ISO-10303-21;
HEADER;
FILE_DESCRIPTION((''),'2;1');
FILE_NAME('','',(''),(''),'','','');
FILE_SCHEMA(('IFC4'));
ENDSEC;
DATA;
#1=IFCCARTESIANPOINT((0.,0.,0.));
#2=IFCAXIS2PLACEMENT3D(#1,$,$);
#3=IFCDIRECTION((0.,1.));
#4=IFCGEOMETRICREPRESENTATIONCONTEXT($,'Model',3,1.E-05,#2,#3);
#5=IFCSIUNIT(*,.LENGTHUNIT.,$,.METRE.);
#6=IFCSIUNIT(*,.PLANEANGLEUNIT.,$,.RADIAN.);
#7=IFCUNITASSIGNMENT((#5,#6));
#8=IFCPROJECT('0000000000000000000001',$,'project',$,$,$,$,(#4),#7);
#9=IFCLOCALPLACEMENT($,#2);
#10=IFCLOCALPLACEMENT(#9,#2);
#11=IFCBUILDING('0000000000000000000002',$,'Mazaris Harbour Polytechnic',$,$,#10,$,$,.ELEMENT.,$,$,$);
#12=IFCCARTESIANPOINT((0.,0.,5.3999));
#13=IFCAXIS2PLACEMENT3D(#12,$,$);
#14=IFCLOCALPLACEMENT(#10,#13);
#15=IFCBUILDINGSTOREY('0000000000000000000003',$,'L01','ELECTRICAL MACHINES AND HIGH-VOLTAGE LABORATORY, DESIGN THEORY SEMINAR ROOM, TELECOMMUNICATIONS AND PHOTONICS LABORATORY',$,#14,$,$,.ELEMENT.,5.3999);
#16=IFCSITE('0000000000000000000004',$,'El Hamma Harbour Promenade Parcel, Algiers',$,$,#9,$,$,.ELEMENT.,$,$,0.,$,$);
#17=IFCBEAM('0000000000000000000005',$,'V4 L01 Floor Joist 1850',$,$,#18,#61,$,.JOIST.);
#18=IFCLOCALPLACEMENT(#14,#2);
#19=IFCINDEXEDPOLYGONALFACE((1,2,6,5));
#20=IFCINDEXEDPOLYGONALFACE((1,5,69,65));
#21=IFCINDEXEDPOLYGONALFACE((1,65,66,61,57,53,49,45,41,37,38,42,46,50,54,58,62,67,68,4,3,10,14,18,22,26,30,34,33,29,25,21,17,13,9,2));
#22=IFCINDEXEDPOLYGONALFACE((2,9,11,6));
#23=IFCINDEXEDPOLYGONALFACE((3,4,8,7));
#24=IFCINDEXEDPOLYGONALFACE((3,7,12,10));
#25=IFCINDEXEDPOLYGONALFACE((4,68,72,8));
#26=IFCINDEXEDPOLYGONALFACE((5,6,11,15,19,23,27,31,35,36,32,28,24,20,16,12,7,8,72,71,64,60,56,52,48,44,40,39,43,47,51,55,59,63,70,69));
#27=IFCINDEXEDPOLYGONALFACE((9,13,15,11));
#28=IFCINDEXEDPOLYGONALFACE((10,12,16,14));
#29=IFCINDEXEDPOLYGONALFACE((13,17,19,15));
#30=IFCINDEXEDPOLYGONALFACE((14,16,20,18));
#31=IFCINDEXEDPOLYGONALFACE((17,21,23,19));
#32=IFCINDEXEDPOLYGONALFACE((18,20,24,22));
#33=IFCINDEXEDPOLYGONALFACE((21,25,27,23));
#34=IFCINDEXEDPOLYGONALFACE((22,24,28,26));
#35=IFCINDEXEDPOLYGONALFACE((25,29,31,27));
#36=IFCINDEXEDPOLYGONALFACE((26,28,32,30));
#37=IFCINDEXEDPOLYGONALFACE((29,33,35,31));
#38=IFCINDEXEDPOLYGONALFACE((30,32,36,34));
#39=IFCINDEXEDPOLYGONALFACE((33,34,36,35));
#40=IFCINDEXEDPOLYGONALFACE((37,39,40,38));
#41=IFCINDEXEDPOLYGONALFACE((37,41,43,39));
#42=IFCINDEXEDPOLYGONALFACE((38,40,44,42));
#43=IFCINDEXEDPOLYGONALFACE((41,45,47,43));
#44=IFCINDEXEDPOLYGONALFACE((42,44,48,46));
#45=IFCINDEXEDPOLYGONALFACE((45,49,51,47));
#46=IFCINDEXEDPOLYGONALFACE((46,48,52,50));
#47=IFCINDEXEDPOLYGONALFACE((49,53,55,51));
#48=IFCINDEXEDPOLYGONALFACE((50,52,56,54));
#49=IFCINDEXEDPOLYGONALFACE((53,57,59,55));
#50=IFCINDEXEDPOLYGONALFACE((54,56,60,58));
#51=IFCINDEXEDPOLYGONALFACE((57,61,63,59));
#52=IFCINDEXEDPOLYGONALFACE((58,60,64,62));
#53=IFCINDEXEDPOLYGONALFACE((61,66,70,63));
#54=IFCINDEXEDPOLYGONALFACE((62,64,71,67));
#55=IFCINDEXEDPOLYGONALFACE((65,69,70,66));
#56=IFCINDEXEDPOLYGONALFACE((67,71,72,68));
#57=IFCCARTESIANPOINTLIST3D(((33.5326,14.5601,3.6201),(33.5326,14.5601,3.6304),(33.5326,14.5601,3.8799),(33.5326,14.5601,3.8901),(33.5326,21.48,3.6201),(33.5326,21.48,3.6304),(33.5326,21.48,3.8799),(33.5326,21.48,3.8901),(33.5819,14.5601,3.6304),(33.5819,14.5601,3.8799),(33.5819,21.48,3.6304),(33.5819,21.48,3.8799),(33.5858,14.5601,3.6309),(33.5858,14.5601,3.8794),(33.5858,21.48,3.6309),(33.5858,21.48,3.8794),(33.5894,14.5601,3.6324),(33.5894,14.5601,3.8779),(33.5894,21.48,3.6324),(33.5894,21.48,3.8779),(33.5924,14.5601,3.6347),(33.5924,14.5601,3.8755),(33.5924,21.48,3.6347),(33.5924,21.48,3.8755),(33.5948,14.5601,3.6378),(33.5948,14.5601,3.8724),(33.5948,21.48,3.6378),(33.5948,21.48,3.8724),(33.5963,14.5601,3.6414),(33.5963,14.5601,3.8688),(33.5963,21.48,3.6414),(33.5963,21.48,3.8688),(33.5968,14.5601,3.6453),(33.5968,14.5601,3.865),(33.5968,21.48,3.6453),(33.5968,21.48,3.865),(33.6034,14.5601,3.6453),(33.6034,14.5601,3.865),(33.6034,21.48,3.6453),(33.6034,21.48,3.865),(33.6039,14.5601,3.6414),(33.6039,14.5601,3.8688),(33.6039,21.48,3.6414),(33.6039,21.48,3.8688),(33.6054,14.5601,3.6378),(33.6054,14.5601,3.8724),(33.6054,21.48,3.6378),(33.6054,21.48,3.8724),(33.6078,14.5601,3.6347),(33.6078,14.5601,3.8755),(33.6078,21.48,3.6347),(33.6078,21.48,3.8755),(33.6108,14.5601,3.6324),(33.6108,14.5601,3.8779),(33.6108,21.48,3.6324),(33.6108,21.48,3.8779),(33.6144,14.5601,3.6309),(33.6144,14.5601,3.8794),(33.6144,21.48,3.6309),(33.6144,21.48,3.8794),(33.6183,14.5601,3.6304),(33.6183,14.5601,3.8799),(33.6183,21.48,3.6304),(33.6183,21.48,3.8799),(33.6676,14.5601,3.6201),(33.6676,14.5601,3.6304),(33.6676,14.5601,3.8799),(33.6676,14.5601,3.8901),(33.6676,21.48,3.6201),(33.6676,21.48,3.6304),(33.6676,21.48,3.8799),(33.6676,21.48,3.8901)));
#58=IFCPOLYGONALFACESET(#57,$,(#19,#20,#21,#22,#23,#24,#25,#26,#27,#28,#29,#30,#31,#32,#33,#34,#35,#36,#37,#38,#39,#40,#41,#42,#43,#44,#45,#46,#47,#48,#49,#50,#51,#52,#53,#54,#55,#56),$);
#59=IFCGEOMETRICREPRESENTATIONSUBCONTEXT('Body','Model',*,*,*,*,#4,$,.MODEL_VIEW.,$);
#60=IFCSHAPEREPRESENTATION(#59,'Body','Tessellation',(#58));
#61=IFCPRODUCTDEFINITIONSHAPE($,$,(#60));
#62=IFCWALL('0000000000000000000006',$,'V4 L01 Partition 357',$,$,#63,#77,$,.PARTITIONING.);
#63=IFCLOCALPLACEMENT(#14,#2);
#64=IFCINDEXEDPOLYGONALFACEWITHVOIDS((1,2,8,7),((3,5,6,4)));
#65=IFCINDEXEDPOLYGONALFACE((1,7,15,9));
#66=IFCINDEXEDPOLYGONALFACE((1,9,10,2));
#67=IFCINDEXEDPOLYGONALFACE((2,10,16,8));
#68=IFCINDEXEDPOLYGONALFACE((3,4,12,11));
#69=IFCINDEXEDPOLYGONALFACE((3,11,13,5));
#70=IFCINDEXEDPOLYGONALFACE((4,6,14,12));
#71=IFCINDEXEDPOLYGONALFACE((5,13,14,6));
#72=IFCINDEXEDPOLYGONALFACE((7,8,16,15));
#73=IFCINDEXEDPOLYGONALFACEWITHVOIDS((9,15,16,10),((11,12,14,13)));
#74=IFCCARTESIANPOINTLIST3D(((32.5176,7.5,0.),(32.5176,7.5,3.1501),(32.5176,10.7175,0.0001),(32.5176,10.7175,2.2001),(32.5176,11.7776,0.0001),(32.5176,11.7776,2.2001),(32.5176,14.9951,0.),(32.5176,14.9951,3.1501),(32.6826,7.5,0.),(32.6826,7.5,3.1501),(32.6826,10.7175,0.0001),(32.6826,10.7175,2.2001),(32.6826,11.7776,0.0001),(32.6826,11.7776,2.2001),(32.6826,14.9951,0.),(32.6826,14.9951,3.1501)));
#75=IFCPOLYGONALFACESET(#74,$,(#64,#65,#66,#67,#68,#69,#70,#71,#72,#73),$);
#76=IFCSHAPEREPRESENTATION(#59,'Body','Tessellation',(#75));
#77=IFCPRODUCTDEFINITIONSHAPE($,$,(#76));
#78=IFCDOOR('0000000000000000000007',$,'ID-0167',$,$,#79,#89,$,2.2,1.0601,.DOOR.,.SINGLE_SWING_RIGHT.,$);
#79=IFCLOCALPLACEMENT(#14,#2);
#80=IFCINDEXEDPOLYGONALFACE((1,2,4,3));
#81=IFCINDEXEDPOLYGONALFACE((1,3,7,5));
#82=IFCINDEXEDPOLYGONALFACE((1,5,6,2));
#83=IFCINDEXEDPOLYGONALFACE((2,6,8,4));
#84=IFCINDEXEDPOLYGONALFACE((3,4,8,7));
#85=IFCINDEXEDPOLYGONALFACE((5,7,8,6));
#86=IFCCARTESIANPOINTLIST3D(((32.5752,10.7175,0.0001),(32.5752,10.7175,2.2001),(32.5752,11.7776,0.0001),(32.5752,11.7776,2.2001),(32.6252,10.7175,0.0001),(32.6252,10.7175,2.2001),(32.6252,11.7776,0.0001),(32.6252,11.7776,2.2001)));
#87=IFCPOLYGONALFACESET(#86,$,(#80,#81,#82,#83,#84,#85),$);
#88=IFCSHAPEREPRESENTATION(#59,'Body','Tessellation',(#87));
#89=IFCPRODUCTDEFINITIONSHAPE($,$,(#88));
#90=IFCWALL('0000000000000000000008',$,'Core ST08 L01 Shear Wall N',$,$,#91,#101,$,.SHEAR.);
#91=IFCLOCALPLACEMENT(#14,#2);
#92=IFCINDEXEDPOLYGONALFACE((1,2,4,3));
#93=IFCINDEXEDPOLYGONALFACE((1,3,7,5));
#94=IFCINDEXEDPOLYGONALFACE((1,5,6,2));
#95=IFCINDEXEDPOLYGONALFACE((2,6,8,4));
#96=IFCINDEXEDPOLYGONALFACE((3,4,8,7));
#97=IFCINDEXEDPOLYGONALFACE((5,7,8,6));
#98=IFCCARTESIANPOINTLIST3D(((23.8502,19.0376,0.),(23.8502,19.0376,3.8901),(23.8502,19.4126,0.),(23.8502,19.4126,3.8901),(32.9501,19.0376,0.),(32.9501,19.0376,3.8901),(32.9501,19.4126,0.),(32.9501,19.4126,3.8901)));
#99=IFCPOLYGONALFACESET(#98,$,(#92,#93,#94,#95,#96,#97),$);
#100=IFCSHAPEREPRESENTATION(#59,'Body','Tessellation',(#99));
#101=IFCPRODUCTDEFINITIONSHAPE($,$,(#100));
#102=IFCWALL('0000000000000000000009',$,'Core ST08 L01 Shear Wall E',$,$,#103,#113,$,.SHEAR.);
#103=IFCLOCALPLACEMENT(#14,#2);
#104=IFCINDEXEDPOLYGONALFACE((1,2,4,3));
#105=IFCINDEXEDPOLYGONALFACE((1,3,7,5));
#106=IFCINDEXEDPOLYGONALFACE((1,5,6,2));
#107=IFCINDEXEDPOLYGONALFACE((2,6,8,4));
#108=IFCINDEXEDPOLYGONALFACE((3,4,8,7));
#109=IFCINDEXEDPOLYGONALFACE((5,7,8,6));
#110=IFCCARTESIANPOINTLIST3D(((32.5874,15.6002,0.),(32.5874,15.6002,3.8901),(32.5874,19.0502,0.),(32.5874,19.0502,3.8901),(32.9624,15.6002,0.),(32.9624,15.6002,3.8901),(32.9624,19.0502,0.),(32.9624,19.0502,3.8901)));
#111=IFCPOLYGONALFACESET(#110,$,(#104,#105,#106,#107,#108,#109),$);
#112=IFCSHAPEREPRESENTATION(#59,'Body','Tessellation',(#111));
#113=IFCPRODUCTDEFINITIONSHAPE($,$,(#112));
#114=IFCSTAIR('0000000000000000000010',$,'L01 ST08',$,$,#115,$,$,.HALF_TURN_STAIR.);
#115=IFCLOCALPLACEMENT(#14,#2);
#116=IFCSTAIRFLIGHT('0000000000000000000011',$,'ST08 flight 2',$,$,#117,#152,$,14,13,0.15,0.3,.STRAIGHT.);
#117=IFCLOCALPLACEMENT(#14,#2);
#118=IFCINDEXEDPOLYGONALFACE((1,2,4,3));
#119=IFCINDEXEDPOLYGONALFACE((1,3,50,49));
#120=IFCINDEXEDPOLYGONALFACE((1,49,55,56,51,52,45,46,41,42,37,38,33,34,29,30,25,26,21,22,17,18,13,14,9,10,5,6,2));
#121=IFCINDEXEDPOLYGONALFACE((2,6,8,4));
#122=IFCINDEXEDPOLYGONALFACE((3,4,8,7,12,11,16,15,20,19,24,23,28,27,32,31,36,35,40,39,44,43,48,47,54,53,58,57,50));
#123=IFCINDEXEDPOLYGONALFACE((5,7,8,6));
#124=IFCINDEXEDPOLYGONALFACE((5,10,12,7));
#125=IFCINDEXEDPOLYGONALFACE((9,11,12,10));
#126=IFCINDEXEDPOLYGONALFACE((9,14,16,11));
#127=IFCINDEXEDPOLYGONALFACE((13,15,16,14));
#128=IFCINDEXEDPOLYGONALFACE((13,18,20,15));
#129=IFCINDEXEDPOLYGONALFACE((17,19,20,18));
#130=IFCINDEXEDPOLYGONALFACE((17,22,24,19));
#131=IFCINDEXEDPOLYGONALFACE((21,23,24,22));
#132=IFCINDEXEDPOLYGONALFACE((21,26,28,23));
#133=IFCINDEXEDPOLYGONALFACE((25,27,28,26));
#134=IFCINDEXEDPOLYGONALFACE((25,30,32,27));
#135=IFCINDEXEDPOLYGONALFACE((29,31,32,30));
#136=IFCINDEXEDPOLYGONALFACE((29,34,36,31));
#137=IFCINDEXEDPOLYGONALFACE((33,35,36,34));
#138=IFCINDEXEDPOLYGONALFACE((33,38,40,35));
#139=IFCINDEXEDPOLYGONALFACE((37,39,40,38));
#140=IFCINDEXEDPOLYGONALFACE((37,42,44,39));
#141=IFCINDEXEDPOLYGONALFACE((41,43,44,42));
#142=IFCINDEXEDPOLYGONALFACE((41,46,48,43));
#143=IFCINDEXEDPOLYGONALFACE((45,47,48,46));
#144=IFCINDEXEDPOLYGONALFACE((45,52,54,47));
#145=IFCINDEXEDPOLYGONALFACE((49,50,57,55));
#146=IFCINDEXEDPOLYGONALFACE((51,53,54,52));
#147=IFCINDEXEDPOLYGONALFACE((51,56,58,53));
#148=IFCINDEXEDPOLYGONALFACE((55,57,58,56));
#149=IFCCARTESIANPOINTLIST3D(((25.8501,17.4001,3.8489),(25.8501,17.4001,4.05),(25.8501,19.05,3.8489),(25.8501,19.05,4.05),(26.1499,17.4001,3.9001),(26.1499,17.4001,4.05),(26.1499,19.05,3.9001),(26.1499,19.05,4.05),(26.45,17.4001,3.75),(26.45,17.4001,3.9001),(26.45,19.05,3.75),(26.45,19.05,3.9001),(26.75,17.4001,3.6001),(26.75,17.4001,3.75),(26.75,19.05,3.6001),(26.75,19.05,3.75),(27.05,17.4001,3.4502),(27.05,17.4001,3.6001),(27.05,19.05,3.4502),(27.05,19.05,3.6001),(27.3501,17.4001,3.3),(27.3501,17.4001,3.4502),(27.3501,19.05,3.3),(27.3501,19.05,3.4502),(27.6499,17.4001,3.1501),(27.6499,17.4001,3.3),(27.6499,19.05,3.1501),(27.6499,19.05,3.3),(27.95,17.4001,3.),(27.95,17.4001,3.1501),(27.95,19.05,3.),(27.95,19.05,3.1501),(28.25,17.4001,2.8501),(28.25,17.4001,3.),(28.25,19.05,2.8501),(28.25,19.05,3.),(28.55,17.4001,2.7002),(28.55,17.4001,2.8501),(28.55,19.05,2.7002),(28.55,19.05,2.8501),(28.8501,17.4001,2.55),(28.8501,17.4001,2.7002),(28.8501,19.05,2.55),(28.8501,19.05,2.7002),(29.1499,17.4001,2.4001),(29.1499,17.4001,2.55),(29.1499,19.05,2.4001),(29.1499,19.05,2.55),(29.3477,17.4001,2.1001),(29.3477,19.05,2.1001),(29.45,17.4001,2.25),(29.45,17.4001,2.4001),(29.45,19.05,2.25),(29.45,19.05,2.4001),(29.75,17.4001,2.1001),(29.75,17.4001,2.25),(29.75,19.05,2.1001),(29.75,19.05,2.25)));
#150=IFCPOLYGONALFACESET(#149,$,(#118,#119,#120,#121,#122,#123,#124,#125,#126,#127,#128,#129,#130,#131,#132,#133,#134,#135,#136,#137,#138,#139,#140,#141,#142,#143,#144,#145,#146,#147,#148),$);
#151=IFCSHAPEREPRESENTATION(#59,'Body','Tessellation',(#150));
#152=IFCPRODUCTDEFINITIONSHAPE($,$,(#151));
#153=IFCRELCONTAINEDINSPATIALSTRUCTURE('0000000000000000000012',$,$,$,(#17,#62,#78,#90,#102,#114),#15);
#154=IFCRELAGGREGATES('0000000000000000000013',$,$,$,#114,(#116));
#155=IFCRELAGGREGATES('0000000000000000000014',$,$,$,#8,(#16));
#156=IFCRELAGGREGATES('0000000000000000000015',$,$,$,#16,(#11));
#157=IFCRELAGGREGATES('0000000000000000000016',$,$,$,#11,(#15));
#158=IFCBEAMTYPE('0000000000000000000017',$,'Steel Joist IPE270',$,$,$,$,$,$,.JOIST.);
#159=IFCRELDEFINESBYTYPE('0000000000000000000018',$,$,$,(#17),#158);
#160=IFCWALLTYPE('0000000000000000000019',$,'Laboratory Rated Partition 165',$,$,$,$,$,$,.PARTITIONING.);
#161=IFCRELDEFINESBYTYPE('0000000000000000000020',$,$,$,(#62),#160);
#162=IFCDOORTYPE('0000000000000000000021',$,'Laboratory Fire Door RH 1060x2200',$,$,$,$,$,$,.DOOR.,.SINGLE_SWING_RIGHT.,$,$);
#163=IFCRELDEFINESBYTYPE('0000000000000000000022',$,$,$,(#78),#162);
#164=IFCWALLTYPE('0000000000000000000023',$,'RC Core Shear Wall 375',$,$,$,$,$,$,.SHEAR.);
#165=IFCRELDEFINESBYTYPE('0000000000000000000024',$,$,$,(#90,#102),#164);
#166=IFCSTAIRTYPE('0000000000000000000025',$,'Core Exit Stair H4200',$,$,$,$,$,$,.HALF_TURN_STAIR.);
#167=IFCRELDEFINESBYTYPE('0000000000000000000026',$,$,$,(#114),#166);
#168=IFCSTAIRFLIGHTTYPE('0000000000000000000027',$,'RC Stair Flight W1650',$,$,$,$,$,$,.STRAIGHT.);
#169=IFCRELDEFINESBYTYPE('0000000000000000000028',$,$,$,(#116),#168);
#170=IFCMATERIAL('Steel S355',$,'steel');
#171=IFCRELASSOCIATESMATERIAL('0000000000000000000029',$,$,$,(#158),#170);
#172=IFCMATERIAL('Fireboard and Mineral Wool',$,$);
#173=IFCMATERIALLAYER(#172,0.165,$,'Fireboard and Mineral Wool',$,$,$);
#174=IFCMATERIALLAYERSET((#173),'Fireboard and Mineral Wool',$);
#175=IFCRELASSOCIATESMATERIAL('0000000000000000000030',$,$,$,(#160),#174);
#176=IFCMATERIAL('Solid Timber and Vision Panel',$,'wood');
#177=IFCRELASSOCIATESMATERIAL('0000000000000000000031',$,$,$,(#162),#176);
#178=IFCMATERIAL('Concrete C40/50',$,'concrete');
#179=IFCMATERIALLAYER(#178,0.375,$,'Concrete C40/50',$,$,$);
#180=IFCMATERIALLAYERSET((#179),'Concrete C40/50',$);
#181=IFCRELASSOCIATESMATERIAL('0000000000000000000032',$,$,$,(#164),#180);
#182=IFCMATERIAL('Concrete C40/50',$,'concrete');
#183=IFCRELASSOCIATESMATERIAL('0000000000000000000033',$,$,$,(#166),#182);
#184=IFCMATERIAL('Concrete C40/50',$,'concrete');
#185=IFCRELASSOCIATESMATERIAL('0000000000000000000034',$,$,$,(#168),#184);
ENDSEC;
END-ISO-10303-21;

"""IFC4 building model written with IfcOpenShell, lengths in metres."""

from ifc_helpers import new_model, si_unit, direction, frame, frame_2d, origin, origin_2d, place, context, subcontext, project, spatial, polyline, rectangle, i_section, outline, extrude, material, layer, layer_set, material_profile, profile_set, type_object, element, fill, aggregate, save


model = new_model("IFC4")

# Units and contexts
model_context = context("Model", 3, precision=1e-05, world=origin(), true_north=direction((0.0, 1.0)))
body_context = subcontext(model_context, "Body", "Model", "MODEL_VIEW")
ifc_project = project(units=[si_unit("LENGTHUNIT", "METRE"), si_unit("PLANEANGLEUNIT", "RADIAN")], contexts=[model_context])

# Site, building, storey
site_placement = place(None, origin())
site = spatial("IfcSite", under=ifc_project, at=site_placement, Name="El Hamma Harbour Promenade Parcel, Algiers", CompositionType="ELEMENT", RefElevation=0.0)
building_placement = place(site_placement, origin())
building = spatial("IfcBuilding", under=site, at=building_placement, Name="Mazaris Harbour Polytechnic", CompositionType="ELEMENT")
storey_placement = place(building_placement, frame((0.0, 0.0, 5.3999)))
storey = spatial("IfcBuildingStorey", under=building, at=storey_placement, Name="L01", Description="ELECTRICAL MACHINES AND HIGH-VOLTAGE LABORATORY, DESIGN THEORY SEMINAR ROOM, TELECOMMUNICATIONS AND PHOTONICS LABORATORY", CompositionType="ELEMENT", Elevation=5.3999)

# Beam
ifc_material_1 = material(Name="Steel S355", Category="steel")
ifc_material_profile_1 = material_profile(ifc_material_1, i_section(OverallWidth=0.135, OverallDepth=0.27, WebThickness=0.0066, FlangeThickness=0.0103, FilletRadius=0.0149, at=origin_2d()), Name="IPE 270")
ifc_profile_set_1 = profile_set([ifc_material_profile_1], Name="Steel S355")
beam_type_1 = type_object("IfcBeamType", Name="Steel Joist IPE270", PredefinedType="JOIST", material=ifc_profile_set_1)
beam_1_placement = place(storey_placement, frame((33.6001, 14.5601, 3.7551), z_axis=(0.0, 1.0, 0.0), x_axis=(-1.0, 0.0, 0.0)))
element("IfcBeam", 1, at=beam_1_placement, inside=storey, type_object=beam_type_1, Name="V4 L01 Floor Joist 1850", PredefinedType="JOIST", context=body_context, shape_type="SweptSolid", body=[
    extrude(i_section(OverallWidth=0.135, OverallDepth=0.27, WebThickness=0.0066, FlangeThickness=0.0103, FilletRadius=0.0149, at=origin_2d()), origin(), (0.0, 0.0, 1.0), 6.9199),
])

# Wall, opening, door
ifc_material_2 = material(Name="Fireboard and Mineral Wool")
ifc_layer_1 = layer(ifc_material_2, 0.165, Name="Fireboard and Mineral Wool")
ifc_layer_set_1 = layer_set([ifc_layer_1], Name="Fireboard and Mineral Wool")
wall_type_1 = type_object("IfcWallType", Name="Laboratory Rated Partition 165", PredefinedType="PARTITIONING", material=ifc_layer_set_1)
wall_1_placement = place(storey_placement, frame((32.6001, 7.5, 0.0), z_axis=(0.0, 0.0, 1.0), x_axis=(0.0, 1.0, 0.0)))
wall_1 = element("IfcWall", 2, at=wall_1_placement, inside=storey, type_object=wall_type_1, Name="V4 L01 Partition 357", PredefinedType="PARTITIONING", context=body_context, shape_type="SweptSolid", body=[
    extrude(rectangle(XDim=7.4951, YDim=0.165, at=frame_2d((3.7476, 0.0))), origin(), (0.0, 0.0, 1.0), 3.1501),
])
opening_placement = place(wall_1_placement, frame((3.2175, 0.0, 0.0)))
opening = element("IfcOpeningElement", 3, at=opening_placement, cuts=wall_1, PredefinedType="OPENING", context=body_context, shape_type="SweptSolid", body=[
    extrude(rectangle(XDim=1.0601, YDim=2.2, at=frame_2d((0.53, 1.1001))), frame((0.0, 0.0925, 0.0), z_axis=(0.0, -1.0, 0.0), x_axis=(1.0, 0.0, 0.0)), (0.0, 0.0, 1.0), 0.1851),
])
ifc_material_3 = material(Name="Solid Timber and Vision Panel", Category="wood")
door_type = type_object("IfcDoorType", Name="Laboratory Fire Door RH 1060x2200", OperationType="SINGLE_SWING_RIGHT", PredefinedType="DOOR", material=ifc_material_3)
door_placement = place(opening_placement, origin())
door = element("IfcDoor", 4, at=door_placement, inside=storey, type_object=door_type, Name="ID-0167", OperationType="SINGLE_SWING_RIGHT", OverallHeight=2.2, OverallWidth=1.0601, PredefinedType="DOOR", context=body_context, shape_type="SweptSolid", body=[
    extrude(rectangle(XDim=1.0601, YDim=2.2, at=frame_2d((0.53, 1.1001))), frame((0.0, 0.0249, 0.0), z_axis=(0.0, -1.0, 0.0), x_axis=(1.0, 0.0, 0.0)), (0.0, 0.0, 1.0), 0.05),
])
fill(opening, door)

# Walls
ifc_material_4 = material(Name="Concrete C40/50", Category="concrete")
ifc_layer_2 = layer(ifc_material_4, 0.375, Name="Concrete C40/50")
ifc_layer_set_2 = layer_set([ifc_layer_2], Name="Concrete C40/50")
wall_type_2 = type_object("IfcWallType", Name="RC Core Shear Wall 375", PredefinedType="SHEAR", material=ifc_layer_set_2)
wall_2_placement = place(storey_placement, frame((32.95, 19.2251, 0.0), z_axis=(0.0, 0.0, 1.0), x_axis=(-1.0, 0.0, 0.0)))
element("IfcWall", 5, at=wall_2_placement, inside=storey, type_object=wall_type_2, Name="Core ST08 L01 Shear Wall N", PredefinedType="SHEAR", context=body_context, shape_type="SweptSolid", body=[
    extrude(rectangle(XDim=9.0999, YDim=0.375, at=frame_2d((4.5498, 0.0))), origin(), (0.0, 0.0, 1.0), 3.8901),
])
wall_3_placement = place(storey_placement, frame((32.7749, 15.6001, 0.0), z_axis=(0.0, 0.0, 1.0), x_axis=(0.0, 1.0, 0.0)))
element("IfcWall", 6, at=wall_3_placement, inside=storey, type_object=wall_type_2, Name="Core ST08 L01 Shear Wall E", PredefinedType="SHEAR", context=body_context, shape_type="SweptSolid", body=[
    extrude(rectangle(XDim=3.45, YDim=0.375, at=frame_2d((1.7251, 0.0))), origin(), (0.0, 0.0, 1.0), 3.8901),
])

# Stair, stair flight
ifc_material_5 = material(Name="Concrete C40/50", Category="concrete")
stair_type = type_object("IfcStairType", Name="Core Exit Stair H4200", PredefinedType="HALF_TURN_STAIR", material=ifc_material_5)
stair_placement = place(storey_placement, origin())
stair = element("IfcStair", 7, at=stair_placement, inside=storey, type_object=stair_type, Name="L01 ST08", PredefinedType="HALF_TURN_STAIR")
ifc_material_6 = material(Name="Concrete C40/50", Category="concrete")
stair_flight_type = type_object("IfcStairFlightType", Name="RC Stair Flight W1650", PredefinedType="STRAIGHT", material=ifc_material_6)
stair_flight_placement = place(storey_placement, frame((29.75, 18.2251, 2.1001), z_axis=(0.0, 0.0, 1.0), x_axis=(-1.0, 0.0, 0.0)))
stair_flight = element("IfcStairFlight", 8, at=stair_flight_placement, type_object=stair_flight_type, Name="ST08 flight 2", NumberOfRisers=14, NumberOfTreads=13, PredefinedType="STRAIGHT", RiserHeight=0.15, TreadLength=0.3, context=body_context, shape_type="SweptSolid", body=[
    extrude(outline(polyline([(0.0, 0.0), (0.0, 0.1499), (0.3, 0.1499), (0.3, 0.3), (0.6001, 0.3), (0.6001, 0.45), (0.8999, 0.45), (0.8999, 0.6001), (1.2, 0.6001), (1.2, 0.75), (1.5, 0.75), (1.5, 0.8999), (1.8, 0.8999), (1.8, 1.05), (2.1001, 1.05), (2.1001, 1.2), (2.3999, 1.2), (2.3999, 1.3501), (2.7, 1.3501), (2.7, 1.5), (3.0, 1.5), (3.0, 1.6499), (3.3, 1.6499), (3.3, 1.8), (3.6001, 1.8), (3.6001, 1.95), (3.8999, 1.95), (3.8999, 2.1001), (3.8999, 1.7488), (0.4023, 0.0), (0.0, 0.0)])), frame((0.0, 0.825, 0.0), z_axis=(0.0, -1.0, 0.0), x_axis=(1.0, 0.0, 0.0)), (0.0, 0.0, 1.0), 1.6499),
])
aggregate(stair, [stair_flight])

save(model, "model.ifc")
